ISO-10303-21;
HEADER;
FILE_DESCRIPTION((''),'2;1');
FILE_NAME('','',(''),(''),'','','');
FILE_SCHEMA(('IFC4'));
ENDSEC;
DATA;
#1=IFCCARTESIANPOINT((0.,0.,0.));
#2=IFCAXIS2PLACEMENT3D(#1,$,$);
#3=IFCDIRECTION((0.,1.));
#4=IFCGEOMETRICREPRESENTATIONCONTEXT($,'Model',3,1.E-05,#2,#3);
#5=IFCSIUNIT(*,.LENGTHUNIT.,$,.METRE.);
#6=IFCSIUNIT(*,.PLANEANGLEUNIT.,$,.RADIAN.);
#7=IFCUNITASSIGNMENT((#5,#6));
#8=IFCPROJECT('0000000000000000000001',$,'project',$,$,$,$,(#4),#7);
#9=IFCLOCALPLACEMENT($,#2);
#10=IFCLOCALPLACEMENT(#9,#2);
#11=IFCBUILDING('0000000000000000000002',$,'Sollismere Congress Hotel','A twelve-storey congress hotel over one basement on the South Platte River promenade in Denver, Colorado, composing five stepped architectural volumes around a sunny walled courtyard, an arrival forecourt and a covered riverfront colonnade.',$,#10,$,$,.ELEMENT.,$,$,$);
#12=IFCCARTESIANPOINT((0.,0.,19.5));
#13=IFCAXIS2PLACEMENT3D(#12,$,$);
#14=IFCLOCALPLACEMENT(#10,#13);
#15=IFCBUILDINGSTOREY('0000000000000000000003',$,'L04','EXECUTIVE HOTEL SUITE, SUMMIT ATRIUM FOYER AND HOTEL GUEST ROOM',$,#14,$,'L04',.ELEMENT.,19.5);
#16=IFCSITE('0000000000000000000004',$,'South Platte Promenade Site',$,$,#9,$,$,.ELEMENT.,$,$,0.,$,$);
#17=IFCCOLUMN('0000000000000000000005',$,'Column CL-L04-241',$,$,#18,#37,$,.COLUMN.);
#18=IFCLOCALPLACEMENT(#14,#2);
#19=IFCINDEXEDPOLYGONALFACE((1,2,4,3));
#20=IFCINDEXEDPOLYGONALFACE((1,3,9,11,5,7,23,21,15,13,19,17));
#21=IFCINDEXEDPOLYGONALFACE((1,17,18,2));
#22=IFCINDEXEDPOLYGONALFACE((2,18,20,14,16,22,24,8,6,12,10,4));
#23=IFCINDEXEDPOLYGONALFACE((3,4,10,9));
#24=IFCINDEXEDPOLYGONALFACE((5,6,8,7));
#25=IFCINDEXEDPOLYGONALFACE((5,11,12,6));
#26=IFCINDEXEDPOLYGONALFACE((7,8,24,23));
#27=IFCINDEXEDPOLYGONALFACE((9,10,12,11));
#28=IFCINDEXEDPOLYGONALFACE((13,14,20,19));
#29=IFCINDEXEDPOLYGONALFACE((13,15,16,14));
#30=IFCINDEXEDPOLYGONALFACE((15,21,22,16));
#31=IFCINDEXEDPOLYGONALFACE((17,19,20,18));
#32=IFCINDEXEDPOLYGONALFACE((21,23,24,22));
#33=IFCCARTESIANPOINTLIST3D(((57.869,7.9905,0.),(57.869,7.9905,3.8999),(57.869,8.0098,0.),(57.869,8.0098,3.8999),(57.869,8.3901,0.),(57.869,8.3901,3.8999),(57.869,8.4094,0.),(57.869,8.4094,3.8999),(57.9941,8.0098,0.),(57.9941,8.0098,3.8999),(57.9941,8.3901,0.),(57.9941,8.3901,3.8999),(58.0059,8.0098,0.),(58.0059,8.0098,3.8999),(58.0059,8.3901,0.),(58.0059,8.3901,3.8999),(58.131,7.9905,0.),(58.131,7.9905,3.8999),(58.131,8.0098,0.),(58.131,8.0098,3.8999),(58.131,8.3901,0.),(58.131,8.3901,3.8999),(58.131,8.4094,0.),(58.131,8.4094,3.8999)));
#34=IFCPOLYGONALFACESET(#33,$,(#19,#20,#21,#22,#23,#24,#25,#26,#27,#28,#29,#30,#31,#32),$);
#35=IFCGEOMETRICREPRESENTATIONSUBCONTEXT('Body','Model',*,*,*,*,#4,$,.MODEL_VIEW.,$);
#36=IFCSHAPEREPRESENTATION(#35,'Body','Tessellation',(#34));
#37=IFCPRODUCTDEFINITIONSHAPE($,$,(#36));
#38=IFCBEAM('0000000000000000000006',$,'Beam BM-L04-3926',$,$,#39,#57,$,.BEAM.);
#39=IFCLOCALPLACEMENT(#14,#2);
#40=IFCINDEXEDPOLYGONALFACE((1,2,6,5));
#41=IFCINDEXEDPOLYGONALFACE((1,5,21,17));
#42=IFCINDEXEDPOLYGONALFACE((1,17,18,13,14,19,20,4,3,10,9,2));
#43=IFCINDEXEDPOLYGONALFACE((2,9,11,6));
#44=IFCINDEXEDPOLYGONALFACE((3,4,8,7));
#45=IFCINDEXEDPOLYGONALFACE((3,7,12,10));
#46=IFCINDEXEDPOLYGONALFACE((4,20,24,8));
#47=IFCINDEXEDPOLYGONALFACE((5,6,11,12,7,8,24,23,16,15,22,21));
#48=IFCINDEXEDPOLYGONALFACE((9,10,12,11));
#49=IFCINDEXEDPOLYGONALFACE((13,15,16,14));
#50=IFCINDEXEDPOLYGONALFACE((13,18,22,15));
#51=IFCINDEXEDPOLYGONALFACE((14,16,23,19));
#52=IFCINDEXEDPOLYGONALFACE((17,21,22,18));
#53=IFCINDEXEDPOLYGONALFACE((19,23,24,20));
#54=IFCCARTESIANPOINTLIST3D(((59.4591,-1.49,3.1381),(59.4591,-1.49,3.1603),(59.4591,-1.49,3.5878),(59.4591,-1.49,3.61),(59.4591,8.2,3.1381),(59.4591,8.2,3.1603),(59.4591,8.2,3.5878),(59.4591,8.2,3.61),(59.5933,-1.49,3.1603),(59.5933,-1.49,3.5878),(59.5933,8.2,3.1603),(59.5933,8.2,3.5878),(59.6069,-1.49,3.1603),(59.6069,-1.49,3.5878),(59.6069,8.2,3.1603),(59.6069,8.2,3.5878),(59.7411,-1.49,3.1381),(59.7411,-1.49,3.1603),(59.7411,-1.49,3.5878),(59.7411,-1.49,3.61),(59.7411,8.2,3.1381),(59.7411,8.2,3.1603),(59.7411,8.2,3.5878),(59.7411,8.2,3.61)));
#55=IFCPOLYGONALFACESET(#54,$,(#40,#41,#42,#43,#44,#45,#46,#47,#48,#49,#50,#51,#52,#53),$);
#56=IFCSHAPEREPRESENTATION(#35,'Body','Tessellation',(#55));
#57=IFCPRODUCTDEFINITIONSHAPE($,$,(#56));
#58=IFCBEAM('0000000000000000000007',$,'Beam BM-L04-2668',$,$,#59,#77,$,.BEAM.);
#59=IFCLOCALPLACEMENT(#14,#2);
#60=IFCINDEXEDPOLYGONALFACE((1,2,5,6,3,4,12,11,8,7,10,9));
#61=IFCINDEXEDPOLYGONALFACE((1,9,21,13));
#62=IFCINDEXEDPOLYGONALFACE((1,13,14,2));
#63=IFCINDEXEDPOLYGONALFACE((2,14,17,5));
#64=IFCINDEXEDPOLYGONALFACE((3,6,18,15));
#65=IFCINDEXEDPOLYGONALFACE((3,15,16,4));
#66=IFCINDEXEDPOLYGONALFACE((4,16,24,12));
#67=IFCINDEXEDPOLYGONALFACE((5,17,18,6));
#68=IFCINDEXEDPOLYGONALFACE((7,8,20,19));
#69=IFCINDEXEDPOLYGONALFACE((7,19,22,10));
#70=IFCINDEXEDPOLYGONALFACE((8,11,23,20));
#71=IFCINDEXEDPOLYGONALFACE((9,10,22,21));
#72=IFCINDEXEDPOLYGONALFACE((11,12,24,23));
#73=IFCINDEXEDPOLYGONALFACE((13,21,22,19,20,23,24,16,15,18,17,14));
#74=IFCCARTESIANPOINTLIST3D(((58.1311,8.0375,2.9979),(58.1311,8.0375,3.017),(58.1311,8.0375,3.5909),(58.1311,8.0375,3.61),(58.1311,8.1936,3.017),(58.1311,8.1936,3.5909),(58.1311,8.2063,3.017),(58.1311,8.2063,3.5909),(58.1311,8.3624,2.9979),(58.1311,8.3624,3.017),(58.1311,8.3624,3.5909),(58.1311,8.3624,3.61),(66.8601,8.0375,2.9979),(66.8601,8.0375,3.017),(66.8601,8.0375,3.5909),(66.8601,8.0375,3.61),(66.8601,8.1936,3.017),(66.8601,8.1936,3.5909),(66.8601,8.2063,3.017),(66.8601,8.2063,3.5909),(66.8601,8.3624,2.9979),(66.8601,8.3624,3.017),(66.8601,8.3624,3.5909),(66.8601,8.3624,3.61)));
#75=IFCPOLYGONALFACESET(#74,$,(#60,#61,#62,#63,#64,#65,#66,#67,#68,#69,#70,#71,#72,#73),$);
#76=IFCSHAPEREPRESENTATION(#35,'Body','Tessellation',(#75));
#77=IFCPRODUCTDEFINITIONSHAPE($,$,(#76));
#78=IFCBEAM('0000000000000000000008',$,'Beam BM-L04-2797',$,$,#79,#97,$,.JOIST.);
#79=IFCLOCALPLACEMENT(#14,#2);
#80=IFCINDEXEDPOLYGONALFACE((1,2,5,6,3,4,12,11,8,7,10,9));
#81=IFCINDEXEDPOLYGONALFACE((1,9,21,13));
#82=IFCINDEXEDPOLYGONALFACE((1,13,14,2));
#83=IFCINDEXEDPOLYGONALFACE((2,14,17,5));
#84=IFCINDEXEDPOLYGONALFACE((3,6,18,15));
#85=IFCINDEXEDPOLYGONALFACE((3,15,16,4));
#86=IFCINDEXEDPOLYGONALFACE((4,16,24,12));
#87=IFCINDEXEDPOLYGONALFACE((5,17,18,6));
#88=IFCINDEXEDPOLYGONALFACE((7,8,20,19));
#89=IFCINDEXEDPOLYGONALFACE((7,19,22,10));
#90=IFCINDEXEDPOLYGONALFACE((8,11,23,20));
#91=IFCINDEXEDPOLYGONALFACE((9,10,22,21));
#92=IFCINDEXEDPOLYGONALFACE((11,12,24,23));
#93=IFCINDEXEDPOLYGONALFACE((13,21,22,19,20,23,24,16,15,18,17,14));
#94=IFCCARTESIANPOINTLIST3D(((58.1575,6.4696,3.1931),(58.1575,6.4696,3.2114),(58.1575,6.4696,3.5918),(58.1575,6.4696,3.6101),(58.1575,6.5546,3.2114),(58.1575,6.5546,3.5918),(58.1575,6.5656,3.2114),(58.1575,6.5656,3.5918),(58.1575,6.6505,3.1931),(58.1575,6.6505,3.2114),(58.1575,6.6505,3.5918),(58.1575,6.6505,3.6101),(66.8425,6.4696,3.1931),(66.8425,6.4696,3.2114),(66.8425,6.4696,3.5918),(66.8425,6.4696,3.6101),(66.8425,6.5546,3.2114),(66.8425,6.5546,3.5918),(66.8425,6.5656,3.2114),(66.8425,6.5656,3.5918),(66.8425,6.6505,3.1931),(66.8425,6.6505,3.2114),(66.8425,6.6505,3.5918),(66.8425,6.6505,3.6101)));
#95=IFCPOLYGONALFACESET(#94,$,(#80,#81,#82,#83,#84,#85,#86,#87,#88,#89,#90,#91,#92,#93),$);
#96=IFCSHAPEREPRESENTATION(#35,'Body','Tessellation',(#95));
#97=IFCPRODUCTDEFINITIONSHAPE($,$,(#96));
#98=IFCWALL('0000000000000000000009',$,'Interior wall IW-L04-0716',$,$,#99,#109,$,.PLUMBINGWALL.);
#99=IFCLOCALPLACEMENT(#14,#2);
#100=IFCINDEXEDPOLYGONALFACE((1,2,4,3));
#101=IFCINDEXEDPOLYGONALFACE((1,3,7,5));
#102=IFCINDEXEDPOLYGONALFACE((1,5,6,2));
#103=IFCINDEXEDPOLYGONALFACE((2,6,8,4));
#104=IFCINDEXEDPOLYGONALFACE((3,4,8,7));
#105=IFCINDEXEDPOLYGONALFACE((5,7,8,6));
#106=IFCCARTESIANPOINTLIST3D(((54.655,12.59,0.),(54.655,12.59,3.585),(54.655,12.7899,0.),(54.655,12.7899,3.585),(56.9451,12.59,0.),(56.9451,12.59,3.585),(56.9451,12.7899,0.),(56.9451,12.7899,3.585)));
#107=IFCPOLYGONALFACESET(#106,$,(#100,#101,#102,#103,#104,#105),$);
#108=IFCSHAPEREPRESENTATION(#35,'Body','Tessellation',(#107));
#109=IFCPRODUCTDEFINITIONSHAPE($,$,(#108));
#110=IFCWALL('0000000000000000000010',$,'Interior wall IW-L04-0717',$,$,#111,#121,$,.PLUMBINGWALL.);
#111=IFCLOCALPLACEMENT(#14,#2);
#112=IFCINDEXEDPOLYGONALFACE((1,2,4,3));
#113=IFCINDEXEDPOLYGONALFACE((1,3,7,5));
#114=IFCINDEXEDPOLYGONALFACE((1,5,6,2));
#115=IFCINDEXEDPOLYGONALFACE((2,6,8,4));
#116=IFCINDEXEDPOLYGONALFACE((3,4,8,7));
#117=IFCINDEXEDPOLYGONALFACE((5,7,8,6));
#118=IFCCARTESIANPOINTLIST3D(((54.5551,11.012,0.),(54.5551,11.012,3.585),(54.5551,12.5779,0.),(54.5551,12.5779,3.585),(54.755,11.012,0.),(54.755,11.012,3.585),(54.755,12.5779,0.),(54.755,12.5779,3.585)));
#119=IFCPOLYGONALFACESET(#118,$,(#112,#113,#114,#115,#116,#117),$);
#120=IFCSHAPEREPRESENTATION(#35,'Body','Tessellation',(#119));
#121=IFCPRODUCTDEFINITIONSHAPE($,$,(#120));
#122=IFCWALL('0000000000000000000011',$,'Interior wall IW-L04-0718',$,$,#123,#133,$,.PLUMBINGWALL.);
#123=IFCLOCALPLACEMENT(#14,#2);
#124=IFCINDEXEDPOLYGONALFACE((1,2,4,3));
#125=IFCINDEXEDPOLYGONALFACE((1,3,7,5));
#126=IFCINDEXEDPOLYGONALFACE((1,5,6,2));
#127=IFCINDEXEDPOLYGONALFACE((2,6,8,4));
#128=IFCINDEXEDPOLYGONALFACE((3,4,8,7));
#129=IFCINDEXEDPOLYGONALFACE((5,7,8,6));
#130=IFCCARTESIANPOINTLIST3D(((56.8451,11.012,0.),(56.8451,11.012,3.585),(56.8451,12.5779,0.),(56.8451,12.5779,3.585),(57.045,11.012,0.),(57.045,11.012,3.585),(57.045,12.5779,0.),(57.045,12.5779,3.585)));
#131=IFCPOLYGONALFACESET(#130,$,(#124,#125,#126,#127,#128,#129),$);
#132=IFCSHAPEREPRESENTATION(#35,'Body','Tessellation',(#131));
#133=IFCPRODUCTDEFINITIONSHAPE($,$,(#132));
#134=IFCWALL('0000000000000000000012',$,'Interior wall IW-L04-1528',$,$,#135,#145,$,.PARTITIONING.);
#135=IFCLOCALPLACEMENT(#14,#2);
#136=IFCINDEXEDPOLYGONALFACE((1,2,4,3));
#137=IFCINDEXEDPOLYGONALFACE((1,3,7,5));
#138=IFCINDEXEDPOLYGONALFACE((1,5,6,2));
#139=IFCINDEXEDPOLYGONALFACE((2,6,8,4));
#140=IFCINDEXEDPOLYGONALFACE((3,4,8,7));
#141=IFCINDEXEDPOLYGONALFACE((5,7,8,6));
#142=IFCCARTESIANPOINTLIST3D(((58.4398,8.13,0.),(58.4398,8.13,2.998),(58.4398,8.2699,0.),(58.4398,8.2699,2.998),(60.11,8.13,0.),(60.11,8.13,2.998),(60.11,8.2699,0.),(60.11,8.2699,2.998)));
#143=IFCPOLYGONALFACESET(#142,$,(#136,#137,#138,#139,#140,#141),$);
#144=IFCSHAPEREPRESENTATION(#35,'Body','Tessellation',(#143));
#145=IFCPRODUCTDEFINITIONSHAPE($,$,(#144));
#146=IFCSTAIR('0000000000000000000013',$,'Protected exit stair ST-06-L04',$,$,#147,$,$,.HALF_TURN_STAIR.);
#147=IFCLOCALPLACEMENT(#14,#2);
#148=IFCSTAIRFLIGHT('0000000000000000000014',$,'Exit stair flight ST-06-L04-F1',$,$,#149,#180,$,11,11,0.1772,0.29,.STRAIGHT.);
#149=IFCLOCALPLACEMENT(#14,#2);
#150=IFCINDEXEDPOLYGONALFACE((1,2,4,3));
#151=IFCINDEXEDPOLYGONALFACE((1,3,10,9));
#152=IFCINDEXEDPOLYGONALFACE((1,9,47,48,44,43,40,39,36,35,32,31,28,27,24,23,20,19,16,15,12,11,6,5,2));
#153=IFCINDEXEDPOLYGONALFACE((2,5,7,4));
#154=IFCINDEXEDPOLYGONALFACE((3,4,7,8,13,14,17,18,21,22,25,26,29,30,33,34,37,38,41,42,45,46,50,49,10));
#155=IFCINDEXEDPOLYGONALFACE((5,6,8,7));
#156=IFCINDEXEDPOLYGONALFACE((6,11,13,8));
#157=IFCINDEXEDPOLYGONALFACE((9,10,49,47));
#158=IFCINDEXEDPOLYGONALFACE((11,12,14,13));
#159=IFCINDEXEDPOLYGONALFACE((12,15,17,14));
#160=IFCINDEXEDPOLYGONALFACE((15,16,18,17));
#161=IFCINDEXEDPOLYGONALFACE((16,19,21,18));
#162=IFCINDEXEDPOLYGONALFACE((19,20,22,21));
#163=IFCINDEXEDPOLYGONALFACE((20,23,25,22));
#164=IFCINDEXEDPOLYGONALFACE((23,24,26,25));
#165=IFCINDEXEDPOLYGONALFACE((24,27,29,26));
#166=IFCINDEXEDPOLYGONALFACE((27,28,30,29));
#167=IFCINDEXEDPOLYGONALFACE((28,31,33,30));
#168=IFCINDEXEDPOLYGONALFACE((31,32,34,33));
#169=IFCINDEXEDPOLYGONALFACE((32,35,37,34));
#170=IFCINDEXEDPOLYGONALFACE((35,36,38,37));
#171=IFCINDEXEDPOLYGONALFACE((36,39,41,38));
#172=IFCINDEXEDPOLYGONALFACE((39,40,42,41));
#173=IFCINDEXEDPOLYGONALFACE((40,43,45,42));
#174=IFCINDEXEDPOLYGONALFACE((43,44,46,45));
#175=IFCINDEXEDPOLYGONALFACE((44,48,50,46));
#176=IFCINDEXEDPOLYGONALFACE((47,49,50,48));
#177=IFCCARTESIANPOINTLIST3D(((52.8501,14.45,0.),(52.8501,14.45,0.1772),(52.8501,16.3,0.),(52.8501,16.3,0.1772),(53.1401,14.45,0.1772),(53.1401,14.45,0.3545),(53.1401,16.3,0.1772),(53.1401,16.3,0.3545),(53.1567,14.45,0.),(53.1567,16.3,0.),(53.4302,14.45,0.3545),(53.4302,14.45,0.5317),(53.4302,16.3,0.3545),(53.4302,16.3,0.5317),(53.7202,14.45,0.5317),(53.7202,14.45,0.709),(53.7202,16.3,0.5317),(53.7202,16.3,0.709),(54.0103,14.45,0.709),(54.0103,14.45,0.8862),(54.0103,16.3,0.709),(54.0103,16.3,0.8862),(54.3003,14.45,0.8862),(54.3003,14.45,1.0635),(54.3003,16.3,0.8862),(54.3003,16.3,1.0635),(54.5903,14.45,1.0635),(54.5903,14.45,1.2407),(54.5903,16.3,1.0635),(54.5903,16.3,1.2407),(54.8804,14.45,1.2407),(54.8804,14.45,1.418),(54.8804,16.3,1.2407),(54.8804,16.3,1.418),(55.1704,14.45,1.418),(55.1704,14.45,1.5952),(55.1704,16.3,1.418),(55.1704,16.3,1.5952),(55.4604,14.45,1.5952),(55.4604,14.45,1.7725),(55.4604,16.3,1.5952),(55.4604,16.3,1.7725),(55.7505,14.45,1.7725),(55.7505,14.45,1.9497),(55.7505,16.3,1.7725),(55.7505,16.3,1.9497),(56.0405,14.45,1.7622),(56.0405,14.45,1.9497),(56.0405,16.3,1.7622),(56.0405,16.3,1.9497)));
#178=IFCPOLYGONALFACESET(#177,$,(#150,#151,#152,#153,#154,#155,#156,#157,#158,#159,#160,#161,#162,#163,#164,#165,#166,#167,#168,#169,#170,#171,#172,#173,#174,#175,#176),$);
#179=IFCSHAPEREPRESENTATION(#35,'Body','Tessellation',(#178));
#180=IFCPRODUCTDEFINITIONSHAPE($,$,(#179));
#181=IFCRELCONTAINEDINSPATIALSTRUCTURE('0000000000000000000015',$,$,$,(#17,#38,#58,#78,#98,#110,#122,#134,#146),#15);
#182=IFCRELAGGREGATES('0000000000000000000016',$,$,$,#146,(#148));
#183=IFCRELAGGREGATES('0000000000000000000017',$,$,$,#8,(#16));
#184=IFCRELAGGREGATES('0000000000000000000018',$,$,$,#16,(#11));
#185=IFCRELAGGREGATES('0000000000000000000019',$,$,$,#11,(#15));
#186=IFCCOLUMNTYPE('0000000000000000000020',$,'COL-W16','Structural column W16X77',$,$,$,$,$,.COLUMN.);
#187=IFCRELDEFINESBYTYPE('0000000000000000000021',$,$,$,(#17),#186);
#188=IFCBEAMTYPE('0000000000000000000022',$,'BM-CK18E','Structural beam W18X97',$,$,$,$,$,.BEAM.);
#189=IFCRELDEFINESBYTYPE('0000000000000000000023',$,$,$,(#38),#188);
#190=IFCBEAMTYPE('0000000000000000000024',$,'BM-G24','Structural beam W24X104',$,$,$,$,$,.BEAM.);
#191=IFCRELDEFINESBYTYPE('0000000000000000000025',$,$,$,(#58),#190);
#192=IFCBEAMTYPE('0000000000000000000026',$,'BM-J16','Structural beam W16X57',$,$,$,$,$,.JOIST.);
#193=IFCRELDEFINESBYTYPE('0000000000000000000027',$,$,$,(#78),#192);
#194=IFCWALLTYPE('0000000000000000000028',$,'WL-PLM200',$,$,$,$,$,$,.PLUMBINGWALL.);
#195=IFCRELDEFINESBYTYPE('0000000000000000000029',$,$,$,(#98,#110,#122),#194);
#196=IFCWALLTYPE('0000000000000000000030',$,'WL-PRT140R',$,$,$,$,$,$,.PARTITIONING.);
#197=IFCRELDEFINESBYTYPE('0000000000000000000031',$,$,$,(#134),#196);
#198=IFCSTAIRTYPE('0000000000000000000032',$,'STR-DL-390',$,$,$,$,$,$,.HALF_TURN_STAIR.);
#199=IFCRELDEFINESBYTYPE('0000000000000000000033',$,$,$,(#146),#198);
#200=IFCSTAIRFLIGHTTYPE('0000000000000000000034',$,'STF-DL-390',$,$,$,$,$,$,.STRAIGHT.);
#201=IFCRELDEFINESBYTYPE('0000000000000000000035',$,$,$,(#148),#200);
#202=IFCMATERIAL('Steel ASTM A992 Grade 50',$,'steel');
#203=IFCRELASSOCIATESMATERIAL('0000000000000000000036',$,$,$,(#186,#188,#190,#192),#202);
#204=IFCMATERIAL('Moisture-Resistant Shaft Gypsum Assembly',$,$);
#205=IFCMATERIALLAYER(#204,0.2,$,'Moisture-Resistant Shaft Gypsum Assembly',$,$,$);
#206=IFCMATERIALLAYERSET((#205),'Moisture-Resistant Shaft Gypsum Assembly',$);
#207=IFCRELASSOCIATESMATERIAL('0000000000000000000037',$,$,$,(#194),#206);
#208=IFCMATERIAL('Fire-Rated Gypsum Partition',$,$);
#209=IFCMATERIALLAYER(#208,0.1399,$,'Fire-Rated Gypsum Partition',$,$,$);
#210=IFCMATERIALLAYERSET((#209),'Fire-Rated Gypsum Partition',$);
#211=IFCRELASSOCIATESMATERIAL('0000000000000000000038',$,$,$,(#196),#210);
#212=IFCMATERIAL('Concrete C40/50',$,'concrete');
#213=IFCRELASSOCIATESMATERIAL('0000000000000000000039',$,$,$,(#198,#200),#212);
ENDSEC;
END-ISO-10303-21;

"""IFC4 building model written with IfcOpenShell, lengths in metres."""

from ifc_helpers import new_model, si_unit, direction, frame, frame_2d, origin, origin_2d, place, context, subcontext, project, spatial, polyline, rectangle, i_section, outline, extrude, material, layer, layer_set, material_profile, profile_set, type_object, element, aggregate, save


model = new_model("IFC4")

# Units and contexts
model_context = context("Model", 3, precision=1e-05, world=origin(), true_north=direction((0.0, 1.0)))
body_context = subcontext(model_context, "Body", "Model", "MODEL_VIEW")
ifc_project = project(units=[si_unit("LENGTHUNIT", "METRE"), si_unit("PLANEANGLEUNIT", "RADIAN")], contexts=[model_context])

# Site, building, storey
site_placement = place(None, origin())
site = spatial("IfcSite", under=ifc_project, at=site_placement, Name="South Platte Promenade Site", CompositionType="ELEMENT", RefElevation=0.0)
building_placement = place(site_placement, origin())
building = spatial("IfcBuilding", under=site, at=building_placement, Name="Sollismere Congress Hotel", Description="A twelve-storey congress hotel over one basement on the South Platte River promenade in Denver, Colorado, composing five stepped architectural volumes around a sunny walled courtyard, an arrival forecourt and a covered riverfront colonnade.", CompositionType="ELEMENT")
storey_placement = place(building_placement, frame((0.0, 0.0, 19.5)))
storey = spatial("IfcBuildingStorey", under=building, at=storey_placement, Name="L04", Description="EXECUTIVE HOTEL SUITE, SUMMIT ATRIUM FOYER AND HOTEL GUEST ROOM", LongName="L04", CompositionType="ELEMENT", Elevation=19.5)

# Column
ifc_material_1 = material(Name="Steel ASTM A992 Grade 50", Category="steel")
ifc_material_profile_1 = material_profile(ifc_material_1, i_section(OverallWidth=0.262, OverallDepth=0.4189, WebThickness=0.0117, FlangeThickness=0.0193, at=origin_2d()), Name="W16X77")
ifc_profile_set_1 = profile_set([ifc_material_profile_1], Name="Steel ASTM A992 Grade 50")
column_type = type_object("IfcColumnType", Name="COL-W16", Description="Structural column W16X77", PredefinedType="COLUMN", material=ifc_profile_set_1)
column_placement = place(storey_placement, frame((58.0, 8.2, 0.0), z_axis=(0.0, 0.0, 1.0), x_axis=(1.0, 0.0, 0.0)))
element("IfcColumn", 1, at=column_placement, inside=storey, type_object=column_type, Name="Column CL-L04-241", PredefinedType="COLUMN", context=body_context, shape_type="SweptSolid", body=[
    extrude(i_section(OverallWidth=0.262, OverallDepth=0.4189, WebThickness=0.0117, FlangeThickness=0.0193, at=origin_2d()), origin(), (0.0, 0.0, 1.0), 3.8999),
])

# Beams
ifc_material_profile_2 = material_profile(ifc_material_1, i_section(OverallWidth=0.282, OverallDepth=0.4719, WebThickness=0.0137, FlangeThickness=0.0222, at=origin_2d()), Name="W18X97")
ifc_profile_set_2 = profile_set([ifc_material_profile_2], Name="Steel ASTM A992 Grade 50")
beam_type_1 = type_object("IfcBeamType", Name="BM-CK18E", Description="Structural beam W18X97", PredefinedType="BEAM", material=ifc_profile_set_2)
beam_1_placement = place(storey_placement, frame((59.6001, 8.2, 3.374), z_axis=(0.0, -1.0, 0.0), x_axis=(1.0, 0.0, 0.0)))
element("IfcBeam", 2, at=beam_1_placement, inside=storey, type_object=beam_type_1, Name="Beam BM-L04-3926", PredefinedType="BEAM", context=body_context, shape_type="SweptSolid", body=[
    extrude(i_section(OverallWidth=0.282, OverallDepth=0.4719, WebThickness=0.0137, FlangeThickness=0.0222, at=origin_2d()), origin(), (0.0, 0.0, 1.0), 9.6899),
])
ifc_material_profile_3 = material_profile(ifc_material_1, i_section(OverallWidth=0.325, OverallDepth=0.6121, WebThickness=0.0127, FlangeThickness=0.019, at=origin_2d()), Name="W24X104")
ifc_profile_set_3 = profile_set([ifc_material_profile_3], Name="Steel ASTM A992 Grade 50")
beam_type_2 = type_object("IfcBeamType", Name="BM-G24", Description="Structural beam W24X104", PredefinedType="BEAM", material=ifc_profile_set_3)
beam_2_placement = place(storey_placement, frame((58.1311, 8.2, 3.304), z_axis=(1.0, 0.0, 0.0), x_axis=(0.0, 1.0, 0.0)))
element("IfcBeam", 3, at=beam_2_placement, inside=storey, type_object=beam_type_2, Name="Beam BM-L04-2668", PredefinedType="BEAM", context=body_context, shape_type="SweptSolid", body=[
    extrude(i_section(OverallWidth=0.325, OverallDepth=0.6121, WebThickness=0.0127, FlangeThickness=0.019, at=origin_2d()), origin(), (0.0, 0.0, 1.0), 8.729),
])
ifc_material_profile_4 = material_profile(ifc_material_1, i_section(OverallWidth=0.1809, OverallDepth=0.417, WebThickness=0.011, FlangeThickness=0.0183, at=origin_2d()), Name="W16X57")
ifc_profile_set_4 = profile_set([ifc_material_profile_4], Name="Steel ASTM A992 Grade 50")
beam_type_3 = type_object("IfcBeamType", Name="BM-J16", Description="Structural beam W16X57", PredefinedType="JOIST", material=ifc_profile_set_4)
beam_3_placement = place(storey_placement, frame((58.1575, 6.5601, 3.4016), z_axis=(1.0, 0.0, 0.0), x_axis=(0.0, 1.0, 0.0)))
element("IfcBeam", 4, at=beam_3_placement, inside=storey, type_object=beam_type_3, Name="Beam BM-L04-2797", PredefinedType="JOIST", context=body_context, shape_type="SweptSolid", body=[
    extrude(i_section(OverallWidth=0.1809, OverallDepth=0.417, WebThickness=0.011, FlangeThickness=0.0183, at=origin_2d()), origin(), (0.0, 0.0, 1.0), 8.6851),
])

# Walls
ifc_material_2 = material(Name="Moisture-Resistant Shaft Gypsum Assembly")
ifc_layer_1 = layer(ifc_material_2, 0.2, Name="Moisture-Resistant Shaft Gypsum Assembly")
ifc_layer_set_1 = layer_set([ifc_layer_1], Name="Moisture-Resistant Shaft Gypsum Assembly")
wall_type_1 = type_object("IfcWallType", Name="WL-PLM200", PredefinedType="PLUMBINGWALL", material=ifc_layer_set_1)
wall_1_placement = place(storey_placement, frame((54.655, 12.6899, 0.0), z_axis=(0.0, 0.0, 1.0), x_axis=(1.0, 0.0, 0.0)))
element("IfcWall", 5, at=wall_1_placement, inside=storey, type_object=wall_type_1, Name="Interior wall IW-L04-0716", PredefinedType="PLUMBINGWALL", context=body_context, shape_type="SweptSolid", body=[
    extrude(rectangle(XDim=2.29, YDim=0.2, at=frame_2d((1.145, 0.0))), origin(), (0.0, 0.0, 1.0), 3.585),
])
for number, where, z_axis, x_axis, name in (
    (6, (54.655, 11.012, 0.0), (0.0, 0.0, 1.0), (0.0, 1.0, 0.0), "Interior wall IW-L04-0717"),
    (7, (56.9451, 11.012, 0.0), (0.0, 0.0, 1.0), (0.0, 1.0, 0.0), "Interior wall IW-L04-0718"),
):
    element("IfcWall", number, at=place(storey_placement, frame(where, z_axis=z_axis, x_axis=x_axis)), inside=storey, type_object=wall_type_1, Name=name, PredefinedType="PLUMBINGWALL", context=body_context, shape_type="SweptSolid", body=[
        extrude(rectangle(XDim=1.5659, YDim=0.2, at=frame_2d((0.783, 0.0))), origin(), (0.0, 0.0, 1.0), 3.585),
    ])

# Shared definitions
ifc_material_3 = material(Name="Fire-Rated Gypsum Partition")
ifc_layer_2 = layer(ifc_material_3, 0.1399, Name="Fire-Rated Gypsum Partition")
ifc_layer_set_2 = layer_set([ifc_layer_2], Name="Fire-Rated Gypsum Partition")
wall_type_2 = type_object("IfcWallType", Name="WL-PRT140R", PredefinedType="PARTITIONING", material=ifc_layer_set_2)

# Wall
wall_2_placement = place(storey_placement, frame((58.4399, 8.2, 0.0), z_axis=(0.0, 0.0, 1.0), x_axis=(1.0, 0.0, 0.0)))
element("IfcWall", 8, at=wall_2_placement, inside=storey, type_object=wall_type_2, Name="Interior wall IW-L04-1528", PredefinedType="PARTITIONING", context=body_context, shape_type="SweptSolid", body=[
    extrude(rectangle(XDim=1.6702, YDim=0.1399, at=frame_2d((0.835, 0.0))), origin(), (0.0, 0.0, 1.0), 2.998),
])

# Stair, stair flight
ifc_material_4 = material(Name="Concrete C40/50", Category="concrete")
stair_type = type_object("IfcStairType", Name="STR-DL-390", PredefinedType="HALF_TURN_STAIR", material=ifc_material_4)
stair_placement = place(storey_placement, origin())
stair = element("IfcStair", 9, at=stair_placement, inside=storey, type_object=stair_type, Name="Protected exit stair ST-06-L04", PredefinedType="HALF_TURN_STAIR")
stair_flight_type = type_object("IfcStairFlightType", Name="STF-DL-390", PredefinedType="STRAIGHT", material=ifc_material_4)
stair_flight_1_placement = place(storey_placement, frame((52.8501, 15.375, 0.0), z_axis=(0.0, 0.0, 1.0), x_axis=(1.0, 0.0, 0.0)))
stair_flight_1 = element("IfcStairFlight", 10, at=stair_flight_1_placement, type_object=stair_flight_type, Name="Exit stair flight ST-06-L04-F1", NumberOfRisers=11, NumberOfTreads=11, PredefinedType="STRAIGHT", RiserHeight=0.1772, TreadLength=0.29, context=body_context, shape_type="SweptSolid", body=[
    extrude(outline(polyline([(0.0, 0.0), (0.0, 0.1772), (0.29, 0.1772), (0.29, 0.3545), (0.5801, 0.3545), (0.5801, 0.5317), (0.8701, 0.5317), (0.8701, 0.709), (1.1602, 0.709), (1.1602, 0.8862), (1.4502, 0.8862), (1.4502, 1.0635), (1.7402, 1.0635), (1.7402, 1.2407), (2.0303, 1.2407), (2.0303, 1.418), (2.3203, 1.418), (2.3203, 1.5952), (2.6104, 1.5952), (2.6104, 1.7725), (2.9004, 1.7725), (2.9004, 1.9497), (3.1904, 1.9497), (3.1904, 1.7622), (0.3066, 0.0), (0.0, 0.0)])), frame((0.0, 0.925, 0.0), z_axis=(0.0, -1.0, 0.0), x_axis=(1.0, 0.0, 0.0)), (0.0, 0.0, 1.0), 1.8501),
])
aggregate(stair, [stair_flight_1])

save(model, "model.ifc")
